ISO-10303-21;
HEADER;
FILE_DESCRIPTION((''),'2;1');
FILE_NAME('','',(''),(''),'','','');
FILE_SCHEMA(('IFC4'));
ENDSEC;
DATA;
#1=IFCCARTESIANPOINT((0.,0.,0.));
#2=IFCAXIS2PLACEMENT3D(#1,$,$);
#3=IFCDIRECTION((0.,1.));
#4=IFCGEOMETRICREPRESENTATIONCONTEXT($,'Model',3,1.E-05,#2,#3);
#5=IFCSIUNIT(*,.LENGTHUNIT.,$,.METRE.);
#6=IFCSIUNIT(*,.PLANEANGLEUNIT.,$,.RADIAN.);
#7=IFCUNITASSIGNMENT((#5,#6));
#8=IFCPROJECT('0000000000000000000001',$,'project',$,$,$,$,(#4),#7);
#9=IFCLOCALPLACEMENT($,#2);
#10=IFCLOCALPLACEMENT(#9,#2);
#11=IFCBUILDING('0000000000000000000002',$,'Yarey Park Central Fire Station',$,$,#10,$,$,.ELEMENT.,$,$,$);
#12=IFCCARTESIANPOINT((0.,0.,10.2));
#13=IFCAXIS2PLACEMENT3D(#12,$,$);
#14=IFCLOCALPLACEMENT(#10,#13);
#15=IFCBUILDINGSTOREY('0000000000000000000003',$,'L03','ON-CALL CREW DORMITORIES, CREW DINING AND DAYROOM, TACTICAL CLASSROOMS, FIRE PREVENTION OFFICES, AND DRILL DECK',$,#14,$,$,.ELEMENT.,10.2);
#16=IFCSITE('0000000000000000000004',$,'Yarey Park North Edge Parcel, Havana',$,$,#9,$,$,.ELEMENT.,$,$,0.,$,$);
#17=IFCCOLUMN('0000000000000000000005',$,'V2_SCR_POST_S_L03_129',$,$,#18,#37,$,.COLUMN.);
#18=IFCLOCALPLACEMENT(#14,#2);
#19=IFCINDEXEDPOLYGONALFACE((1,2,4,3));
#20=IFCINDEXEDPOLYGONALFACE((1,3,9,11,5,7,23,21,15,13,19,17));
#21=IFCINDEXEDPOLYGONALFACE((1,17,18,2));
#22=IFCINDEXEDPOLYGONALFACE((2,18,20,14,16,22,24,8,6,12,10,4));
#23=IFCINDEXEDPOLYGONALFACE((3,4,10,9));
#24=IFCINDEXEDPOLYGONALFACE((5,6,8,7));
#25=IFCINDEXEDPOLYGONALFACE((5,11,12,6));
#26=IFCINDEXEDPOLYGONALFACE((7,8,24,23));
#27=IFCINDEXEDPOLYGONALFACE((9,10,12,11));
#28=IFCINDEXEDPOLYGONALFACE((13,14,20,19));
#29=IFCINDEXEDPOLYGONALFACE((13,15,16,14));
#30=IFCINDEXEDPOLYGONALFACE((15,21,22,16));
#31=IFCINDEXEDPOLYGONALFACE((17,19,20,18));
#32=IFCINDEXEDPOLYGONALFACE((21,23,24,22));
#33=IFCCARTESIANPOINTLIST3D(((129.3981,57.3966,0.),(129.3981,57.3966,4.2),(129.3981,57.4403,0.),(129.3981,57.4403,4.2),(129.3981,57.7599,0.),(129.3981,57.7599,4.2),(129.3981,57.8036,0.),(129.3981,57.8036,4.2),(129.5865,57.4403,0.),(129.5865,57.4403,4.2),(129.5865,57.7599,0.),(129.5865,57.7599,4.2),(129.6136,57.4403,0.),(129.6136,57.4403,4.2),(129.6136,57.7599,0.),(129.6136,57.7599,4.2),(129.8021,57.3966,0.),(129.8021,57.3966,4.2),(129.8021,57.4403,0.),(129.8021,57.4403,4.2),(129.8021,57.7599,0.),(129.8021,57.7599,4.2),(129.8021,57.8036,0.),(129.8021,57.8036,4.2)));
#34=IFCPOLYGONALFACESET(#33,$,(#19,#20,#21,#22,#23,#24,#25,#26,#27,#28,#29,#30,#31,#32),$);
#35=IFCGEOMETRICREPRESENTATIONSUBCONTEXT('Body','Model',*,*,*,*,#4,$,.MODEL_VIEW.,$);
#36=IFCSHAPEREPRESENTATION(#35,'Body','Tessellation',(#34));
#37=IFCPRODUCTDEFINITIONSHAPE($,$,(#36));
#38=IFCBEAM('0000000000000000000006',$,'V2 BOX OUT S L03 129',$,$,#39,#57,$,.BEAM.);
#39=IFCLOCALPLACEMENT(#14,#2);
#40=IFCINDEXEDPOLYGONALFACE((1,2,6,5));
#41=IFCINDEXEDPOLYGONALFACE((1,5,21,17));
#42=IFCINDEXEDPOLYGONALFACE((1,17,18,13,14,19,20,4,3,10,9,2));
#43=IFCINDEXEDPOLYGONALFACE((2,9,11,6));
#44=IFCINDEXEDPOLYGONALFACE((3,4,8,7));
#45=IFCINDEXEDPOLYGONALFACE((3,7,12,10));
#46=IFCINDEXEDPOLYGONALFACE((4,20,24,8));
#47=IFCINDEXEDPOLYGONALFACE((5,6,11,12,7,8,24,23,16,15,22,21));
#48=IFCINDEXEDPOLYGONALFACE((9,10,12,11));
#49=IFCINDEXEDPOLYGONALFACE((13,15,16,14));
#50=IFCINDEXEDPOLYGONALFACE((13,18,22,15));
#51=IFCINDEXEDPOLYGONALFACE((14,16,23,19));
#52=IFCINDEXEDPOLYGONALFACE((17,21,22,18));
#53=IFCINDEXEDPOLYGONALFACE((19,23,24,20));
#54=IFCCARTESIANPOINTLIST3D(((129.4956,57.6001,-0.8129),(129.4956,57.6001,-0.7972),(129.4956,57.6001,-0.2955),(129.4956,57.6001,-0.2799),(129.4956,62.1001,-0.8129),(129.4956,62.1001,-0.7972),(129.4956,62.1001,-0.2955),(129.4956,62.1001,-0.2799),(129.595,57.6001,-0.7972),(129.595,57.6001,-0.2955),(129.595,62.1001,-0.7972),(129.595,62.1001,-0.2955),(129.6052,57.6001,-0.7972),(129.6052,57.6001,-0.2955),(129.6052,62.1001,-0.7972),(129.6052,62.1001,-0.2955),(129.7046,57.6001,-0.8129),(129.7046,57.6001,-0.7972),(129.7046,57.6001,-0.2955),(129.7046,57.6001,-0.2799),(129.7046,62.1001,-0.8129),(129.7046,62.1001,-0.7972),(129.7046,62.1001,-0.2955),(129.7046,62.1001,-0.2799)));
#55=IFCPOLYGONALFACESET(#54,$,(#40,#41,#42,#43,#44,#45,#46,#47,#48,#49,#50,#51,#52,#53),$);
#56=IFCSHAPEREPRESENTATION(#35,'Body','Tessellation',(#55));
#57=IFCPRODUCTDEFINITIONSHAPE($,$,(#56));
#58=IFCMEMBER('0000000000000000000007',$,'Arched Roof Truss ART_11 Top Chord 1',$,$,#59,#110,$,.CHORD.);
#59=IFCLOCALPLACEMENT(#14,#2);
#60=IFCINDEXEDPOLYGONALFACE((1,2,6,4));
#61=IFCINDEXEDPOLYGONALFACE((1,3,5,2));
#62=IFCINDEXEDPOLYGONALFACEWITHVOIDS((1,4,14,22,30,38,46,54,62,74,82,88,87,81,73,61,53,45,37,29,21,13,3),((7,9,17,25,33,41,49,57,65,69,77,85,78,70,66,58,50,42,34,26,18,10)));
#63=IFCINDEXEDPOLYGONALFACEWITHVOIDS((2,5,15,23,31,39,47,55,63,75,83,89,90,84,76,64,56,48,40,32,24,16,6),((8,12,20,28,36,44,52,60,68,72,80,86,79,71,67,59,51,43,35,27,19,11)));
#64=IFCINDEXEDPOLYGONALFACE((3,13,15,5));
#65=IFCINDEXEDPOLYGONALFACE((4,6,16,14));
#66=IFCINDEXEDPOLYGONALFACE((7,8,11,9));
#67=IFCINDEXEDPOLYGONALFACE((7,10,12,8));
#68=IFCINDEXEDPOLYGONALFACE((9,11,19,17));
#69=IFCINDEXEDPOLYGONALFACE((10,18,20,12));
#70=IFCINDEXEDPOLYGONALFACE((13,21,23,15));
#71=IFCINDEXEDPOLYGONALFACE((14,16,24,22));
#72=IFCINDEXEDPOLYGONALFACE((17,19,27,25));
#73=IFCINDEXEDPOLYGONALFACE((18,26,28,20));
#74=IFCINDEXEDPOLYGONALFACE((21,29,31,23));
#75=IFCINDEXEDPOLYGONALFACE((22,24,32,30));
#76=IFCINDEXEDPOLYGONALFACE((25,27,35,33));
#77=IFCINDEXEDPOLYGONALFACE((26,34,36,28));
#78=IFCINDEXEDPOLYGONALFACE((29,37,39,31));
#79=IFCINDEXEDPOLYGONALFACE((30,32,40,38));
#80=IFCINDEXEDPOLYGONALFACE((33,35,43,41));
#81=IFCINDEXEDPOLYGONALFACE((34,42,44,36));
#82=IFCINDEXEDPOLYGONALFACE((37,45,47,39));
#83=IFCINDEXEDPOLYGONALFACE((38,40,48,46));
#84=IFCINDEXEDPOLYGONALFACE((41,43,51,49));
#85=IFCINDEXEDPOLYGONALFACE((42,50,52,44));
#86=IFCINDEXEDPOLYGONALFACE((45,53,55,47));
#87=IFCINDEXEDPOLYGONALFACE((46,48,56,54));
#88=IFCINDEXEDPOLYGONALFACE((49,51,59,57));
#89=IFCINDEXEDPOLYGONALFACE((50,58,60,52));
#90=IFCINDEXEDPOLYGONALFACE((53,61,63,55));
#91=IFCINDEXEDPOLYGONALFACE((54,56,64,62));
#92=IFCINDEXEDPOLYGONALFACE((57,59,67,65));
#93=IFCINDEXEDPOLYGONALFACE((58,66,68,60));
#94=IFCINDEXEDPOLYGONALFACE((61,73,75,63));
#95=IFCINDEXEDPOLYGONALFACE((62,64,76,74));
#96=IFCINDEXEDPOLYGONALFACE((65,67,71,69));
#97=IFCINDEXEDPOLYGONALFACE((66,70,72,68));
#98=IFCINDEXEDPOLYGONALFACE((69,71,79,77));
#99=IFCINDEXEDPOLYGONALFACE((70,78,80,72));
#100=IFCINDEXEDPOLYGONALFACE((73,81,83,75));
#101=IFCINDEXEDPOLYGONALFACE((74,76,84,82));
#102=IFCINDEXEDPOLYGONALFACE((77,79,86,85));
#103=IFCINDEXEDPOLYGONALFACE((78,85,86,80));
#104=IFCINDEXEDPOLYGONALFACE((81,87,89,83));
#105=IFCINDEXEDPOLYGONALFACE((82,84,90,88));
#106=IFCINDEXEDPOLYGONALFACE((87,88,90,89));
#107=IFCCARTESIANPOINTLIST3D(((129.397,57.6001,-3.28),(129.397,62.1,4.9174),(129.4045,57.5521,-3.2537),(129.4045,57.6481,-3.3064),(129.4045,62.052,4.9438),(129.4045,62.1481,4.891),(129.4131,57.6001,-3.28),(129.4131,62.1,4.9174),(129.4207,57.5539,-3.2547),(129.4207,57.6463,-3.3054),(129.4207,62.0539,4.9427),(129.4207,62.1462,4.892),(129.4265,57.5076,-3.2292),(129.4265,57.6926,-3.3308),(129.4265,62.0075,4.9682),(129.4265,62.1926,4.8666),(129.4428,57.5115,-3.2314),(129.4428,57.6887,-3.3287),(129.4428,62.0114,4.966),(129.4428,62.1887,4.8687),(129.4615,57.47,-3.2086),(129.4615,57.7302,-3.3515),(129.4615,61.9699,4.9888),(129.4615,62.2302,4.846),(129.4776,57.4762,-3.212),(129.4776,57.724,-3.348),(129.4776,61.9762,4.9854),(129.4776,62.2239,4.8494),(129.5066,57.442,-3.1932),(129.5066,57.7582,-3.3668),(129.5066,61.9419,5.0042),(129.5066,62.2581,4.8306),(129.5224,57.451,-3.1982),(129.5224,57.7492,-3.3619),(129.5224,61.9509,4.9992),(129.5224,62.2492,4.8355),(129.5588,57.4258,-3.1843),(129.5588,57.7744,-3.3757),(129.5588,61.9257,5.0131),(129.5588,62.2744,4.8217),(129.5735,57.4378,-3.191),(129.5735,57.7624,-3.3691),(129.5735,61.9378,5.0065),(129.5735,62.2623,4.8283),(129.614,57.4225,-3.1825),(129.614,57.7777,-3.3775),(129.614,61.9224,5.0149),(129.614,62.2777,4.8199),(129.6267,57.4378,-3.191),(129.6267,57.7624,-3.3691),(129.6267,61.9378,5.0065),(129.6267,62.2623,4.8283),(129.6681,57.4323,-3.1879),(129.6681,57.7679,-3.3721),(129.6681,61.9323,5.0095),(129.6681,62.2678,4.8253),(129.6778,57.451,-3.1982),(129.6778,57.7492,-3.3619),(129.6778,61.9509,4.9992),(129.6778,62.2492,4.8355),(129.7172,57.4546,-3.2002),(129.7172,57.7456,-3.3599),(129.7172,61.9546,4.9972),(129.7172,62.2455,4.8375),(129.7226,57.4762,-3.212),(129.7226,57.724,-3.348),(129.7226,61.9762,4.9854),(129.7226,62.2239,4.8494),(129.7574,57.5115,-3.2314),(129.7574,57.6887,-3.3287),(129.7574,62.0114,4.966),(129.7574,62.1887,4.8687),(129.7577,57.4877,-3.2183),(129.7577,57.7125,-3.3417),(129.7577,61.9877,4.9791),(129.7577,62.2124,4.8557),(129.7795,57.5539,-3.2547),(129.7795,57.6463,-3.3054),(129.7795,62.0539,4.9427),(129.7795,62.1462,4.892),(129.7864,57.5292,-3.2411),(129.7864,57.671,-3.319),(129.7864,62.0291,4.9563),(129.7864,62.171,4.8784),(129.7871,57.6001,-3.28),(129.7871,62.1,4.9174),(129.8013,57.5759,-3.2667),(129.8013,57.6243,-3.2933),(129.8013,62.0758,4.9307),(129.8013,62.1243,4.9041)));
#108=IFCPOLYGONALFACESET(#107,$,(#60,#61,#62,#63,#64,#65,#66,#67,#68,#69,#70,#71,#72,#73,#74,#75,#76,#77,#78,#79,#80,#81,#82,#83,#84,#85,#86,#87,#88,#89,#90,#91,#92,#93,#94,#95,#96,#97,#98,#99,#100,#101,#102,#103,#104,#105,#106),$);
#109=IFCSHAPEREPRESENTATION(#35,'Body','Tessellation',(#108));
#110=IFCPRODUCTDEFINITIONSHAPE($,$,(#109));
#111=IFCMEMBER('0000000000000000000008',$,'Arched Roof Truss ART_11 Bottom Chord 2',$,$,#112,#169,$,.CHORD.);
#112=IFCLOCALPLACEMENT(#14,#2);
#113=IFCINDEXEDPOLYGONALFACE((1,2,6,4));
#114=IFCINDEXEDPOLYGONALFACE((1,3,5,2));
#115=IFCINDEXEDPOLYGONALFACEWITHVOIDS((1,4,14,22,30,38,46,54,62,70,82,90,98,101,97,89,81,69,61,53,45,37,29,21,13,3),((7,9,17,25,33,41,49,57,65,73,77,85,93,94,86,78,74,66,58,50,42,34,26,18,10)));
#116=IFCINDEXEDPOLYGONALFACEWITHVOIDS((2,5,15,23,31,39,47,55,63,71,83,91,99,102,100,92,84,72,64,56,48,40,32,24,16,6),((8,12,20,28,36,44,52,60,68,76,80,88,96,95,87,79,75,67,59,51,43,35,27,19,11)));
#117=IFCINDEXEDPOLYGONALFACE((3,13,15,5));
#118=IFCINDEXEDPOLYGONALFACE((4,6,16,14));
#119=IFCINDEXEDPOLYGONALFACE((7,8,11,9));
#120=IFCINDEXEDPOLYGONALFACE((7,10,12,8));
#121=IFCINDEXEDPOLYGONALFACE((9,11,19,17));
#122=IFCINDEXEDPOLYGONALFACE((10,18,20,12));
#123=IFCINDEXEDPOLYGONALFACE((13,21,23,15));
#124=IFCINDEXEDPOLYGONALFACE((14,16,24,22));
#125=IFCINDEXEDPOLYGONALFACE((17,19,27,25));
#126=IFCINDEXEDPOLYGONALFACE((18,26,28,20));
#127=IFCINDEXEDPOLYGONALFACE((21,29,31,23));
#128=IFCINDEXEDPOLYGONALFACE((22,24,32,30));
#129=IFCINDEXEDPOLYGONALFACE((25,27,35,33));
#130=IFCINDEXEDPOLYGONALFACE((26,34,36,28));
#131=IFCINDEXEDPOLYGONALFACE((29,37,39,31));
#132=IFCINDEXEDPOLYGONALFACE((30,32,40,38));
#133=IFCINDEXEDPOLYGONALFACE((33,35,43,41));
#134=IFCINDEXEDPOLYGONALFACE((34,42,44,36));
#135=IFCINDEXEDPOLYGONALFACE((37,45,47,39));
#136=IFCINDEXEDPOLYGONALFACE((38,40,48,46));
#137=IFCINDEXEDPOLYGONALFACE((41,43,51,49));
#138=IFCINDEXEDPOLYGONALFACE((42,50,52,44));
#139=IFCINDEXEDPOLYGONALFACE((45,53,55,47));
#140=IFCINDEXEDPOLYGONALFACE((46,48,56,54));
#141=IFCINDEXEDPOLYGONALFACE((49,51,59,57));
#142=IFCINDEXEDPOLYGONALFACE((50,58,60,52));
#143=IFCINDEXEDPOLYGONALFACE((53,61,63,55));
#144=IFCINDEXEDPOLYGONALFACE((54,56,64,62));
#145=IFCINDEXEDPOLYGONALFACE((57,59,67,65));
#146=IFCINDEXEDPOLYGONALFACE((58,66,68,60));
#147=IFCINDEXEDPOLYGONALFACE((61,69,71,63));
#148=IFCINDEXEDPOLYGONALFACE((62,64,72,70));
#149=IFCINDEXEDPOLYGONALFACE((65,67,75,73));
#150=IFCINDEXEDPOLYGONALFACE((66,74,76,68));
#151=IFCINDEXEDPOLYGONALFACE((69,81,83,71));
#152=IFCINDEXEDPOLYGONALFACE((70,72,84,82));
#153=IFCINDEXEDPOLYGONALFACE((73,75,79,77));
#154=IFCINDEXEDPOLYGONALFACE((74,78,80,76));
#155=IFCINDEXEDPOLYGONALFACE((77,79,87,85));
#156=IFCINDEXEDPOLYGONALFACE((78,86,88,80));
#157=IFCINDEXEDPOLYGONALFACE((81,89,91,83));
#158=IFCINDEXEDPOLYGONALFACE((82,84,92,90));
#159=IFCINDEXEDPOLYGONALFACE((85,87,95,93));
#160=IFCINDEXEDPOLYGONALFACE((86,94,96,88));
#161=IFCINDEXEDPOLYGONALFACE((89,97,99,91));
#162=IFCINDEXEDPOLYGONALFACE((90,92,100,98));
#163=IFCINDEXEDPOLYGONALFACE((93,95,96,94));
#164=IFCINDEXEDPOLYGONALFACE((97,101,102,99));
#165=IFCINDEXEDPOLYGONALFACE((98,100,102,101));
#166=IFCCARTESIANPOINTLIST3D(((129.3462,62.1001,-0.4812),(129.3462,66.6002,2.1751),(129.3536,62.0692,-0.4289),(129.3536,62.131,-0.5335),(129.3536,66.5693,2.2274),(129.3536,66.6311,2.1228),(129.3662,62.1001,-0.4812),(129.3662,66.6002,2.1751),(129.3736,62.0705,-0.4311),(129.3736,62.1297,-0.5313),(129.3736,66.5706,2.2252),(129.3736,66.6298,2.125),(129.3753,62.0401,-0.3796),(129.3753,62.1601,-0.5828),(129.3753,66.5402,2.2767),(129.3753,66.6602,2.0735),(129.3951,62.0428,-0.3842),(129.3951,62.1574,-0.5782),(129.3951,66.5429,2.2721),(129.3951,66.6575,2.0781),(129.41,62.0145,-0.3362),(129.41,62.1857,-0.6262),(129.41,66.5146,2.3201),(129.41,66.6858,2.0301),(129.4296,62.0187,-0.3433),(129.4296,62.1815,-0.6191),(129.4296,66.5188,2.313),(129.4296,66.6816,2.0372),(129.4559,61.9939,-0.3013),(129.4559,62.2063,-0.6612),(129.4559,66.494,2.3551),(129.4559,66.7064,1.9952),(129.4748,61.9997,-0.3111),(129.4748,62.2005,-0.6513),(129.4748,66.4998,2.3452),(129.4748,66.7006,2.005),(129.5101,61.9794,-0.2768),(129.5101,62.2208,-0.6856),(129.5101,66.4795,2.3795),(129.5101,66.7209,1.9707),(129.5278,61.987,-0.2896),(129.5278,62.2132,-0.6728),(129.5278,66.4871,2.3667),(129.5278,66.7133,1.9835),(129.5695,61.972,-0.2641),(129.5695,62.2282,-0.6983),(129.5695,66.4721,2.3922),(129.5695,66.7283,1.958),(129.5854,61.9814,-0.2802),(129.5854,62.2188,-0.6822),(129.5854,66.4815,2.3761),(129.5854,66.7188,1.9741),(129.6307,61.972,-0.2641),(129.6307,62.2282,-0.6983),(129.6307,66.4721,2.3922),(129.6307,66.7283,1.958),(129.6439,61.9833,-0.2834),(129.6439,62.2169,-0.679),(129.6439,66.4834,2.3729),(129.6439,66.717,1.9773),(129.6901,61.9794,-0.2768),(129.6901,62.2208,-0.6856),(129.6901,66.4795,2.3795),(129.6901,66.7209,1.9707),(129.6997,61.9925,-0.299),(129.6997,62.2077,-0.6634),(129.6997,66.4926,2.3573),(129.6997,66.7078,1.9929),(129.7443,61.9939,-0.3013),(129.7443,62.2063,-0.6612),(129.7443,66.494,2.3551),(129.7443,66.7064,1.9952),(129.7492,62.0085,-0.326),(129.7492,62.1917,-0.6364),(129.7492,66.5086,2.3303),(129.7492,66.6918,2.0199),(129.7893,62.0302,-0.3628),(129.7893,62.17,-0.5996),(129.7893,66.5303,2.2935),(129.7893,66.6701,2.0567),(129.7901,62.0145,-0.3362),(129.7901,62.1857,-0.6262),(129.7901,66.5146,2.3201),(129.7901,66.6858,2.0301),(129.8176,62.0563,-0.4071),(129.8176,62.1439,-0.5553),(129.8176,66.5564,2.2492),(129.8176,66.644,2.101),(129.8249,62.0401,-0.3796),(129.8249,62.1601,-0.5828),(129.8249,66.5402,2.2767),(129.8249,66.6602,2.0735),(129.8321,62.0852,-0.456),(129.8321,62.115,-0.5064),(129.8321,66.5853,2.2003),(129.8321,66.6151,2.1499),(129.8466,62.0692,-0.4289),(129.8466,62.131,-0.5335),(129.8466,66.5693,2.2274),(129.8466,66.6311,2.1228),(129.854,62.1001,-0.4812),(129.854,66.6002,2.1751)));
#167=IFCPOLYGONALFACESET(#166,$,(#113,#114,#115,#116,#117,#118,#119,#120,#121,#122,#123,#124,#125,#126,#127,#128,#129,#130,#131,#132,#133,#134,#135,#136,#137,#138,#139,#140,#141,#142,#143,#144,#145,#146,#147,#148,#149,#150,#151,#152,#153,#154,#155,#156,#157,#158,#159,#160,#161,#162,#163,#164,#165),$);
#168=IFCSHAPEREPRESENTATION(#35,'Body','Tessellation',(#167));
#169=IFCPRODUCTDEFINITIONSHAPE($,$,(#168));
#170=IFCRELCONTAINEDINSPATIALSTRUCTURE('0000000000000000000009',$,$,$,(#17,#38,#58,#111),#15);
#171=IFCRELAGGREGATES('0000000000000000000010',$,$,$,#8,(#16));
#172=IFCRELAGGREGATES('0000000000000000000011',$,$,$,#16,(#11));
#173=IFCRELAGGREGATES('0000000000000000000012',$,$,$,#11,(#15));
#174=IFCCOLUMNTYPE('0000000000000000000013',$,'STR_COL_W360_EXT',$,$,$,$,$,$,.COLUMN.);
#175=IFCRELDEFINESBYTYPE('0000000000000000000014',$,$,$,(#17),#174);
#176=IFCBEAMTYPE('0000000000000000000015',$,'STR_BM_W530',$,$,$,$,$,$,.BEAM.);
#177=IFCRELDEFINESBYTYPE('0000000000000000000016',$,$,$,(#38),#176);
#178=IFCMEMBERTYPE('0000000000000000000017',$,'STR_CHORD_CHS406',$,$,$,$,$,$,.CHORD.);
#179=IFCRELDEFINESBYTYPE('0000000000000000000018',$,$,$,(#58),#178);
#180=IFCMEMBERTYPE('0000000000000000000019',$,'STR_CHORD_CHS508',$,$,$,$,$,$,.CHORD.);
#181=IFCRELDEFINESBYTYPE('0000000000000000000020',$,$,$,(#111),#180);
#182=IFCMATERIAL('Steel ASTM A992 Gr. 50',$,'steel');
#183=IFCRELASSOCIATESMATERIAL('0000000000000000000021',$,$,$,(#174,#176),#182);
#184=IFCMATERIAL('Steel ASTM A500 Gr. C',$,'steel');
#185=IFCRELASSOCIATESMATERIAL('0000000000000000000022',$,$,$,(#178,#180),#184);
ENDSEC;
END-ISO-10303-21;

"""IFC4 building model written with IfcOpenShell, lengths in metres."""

from ifc_helpers import new_model, si_unit, direction, frame, origin, origin_2d, place, context, subcontext, project, spatial, hollow_circle, i_section, extrude, material, material_profile, profile_set, type_object, element, save


model = new_model("IFC4")

# Units and contexts
model_context = context("Model", 3, precision=1e-05, world=origin(), true_north=direction((0.0, 1.0)))
body_context = subcontext(model_context, "Body", "Model", "MODEL_VIEW")
ifc_project = project(units=[si_unit("LENGTHUNIT", "METRE"), si_unit("PLANEANGLEUNIT", "RADIAN")], contexts=[model_context])

# Site, building, storey
site_placement = place(None, origin())
site = spatial("IfcSite", under=ifc_project, at=site_placement, Name="Yarey Park North Edge Parcel, Havana", CompositionType="ELEMENT", RefElevation=0.0)
building_placement = place(site_placement, origin())
building = spatial("IfcBuilding", under=site, at=building_placement, Name="Yarey Park Central Fire Station", CompositionType="ELEMENT")
storey_placement = place(building_placement, frame((0.0, 0.0, 10.2)))
storey = spatial("IfcBuildingStorey", under=building, at=storey_placement, Name="L03", Description="ON-CALL CREW DORMITORIES, CREW DINING AND DAYROOM, TACTICAL CLASSROOMS, FIRE PREVENTION OFFICES, AND DRILL DECK", CompositionType="ELEMENT", Elevation=10.2)

# Column
ifc_material_1 = material(Name="Steel ASTM A992 Gr. 50", Category="steel")
ifc_material_profile_1 = material_profile(ifc_material_1, i_section(OverallWidth=0.4041, OverallDepth=0.407, WebThickness=0.0271, FlangeThickness=0.0437, at=origin_2d()), Name="W360x347")
ifc_profile_set_1 = profile_set([ifc_material_profile_1], Name="Steel ASTM A992 Gr. 50")
column_type = type_object("IfcColumnType", Name="STR_COL_W360_EXT", PredefinedType="COLUMN", material=ifc_profile_set_1)
column_placement = place(storey_placement, frame((129.6001, 57.6001, 0.0), z_axis=(0.0, 0.0, 1.0), x_axis=(1.0, 0.0, 0.0)))
element("IfcColumn", 1, at=column_placement, inside=storey, type_object=column_type, Name="V2_SCR_POST_S_L03_129", PredefinedType="COLUMN", context=body_context, shape_type="SweptSolid", body=[
    extrude(i_section(OverallWidth=0.4041, OverallDepth=0.407, WebThickness=0.0271, FlangeThickness=0.0437, at=origin_2d()), origin(), (0.0, 0.0, 1.0), 4.2),
])

# Beam
ifc_material_profile_2 = material_profile(ifc_material_1, i_section(OverallWidth=0.209, OverallDepth=0.533, WebThickness=0.0103, FlangeThickness=0.0156, at=origin_2d()), Name="W530x92")
ifc_profile_set_2 = profile_set([ifc_material_profile_2], Name="Steel ASTM A992 Gr. 50")
beam_type_1 = type_object("IfcBeamType", Name="STR_BM_W530", PredefinedType="BEAM", material=ifc_profile_set_2)
beam_1_placement = place(storey_placement, frame((129.6001, 57.6001, -0.5464), z_axis=(0.0, 1.0, 0.0), x_axis=(-1.0, 0.0, 0.0)))
element("IfcBeam", 2, at=beam_1_placement, inside=storey, type_object=beam_type_1, Name="V2 BOX OUT S L03 129", PredefinedType="BEAM", context=body_context, shape_type="SweptSolid", body=[
    extrude(i_section(OverallWidth=0.209, OverallDepth=0.533, WebThickness=0.0103, FlangeThickness=0.0156, at=origin_2d()), origin(), (0.0, 0.0, 1.0), 4.5),
])

# Members
ifc_material_2 = material(Name="Steel ASTM A500 Gr. C", Category="steel")
ifc_material_profile_3 = material_profile(ifc_material_2, hollow_circle(Radius=0.2031, WallThickness=0.0161, at=origin_2d()), Name="CHS 406.4x16")
ifc_profile_set_3 = profile_set([ifc_material_profile_3], Name="Steel ASTM A500 Gr. C")
member_type_1 = type_object("IfcMemberType", Name="STR_CHORD_CHS406", PredefinedType="CHORD", material=ifc_profile_set_3)
member_1_placement = place(storey_placement, frame((129.6001, 57.6001, -3.28), z_axis=(0.0, 0.48121, 0.876605), x_axis=(-1.0, 0.0, 0.0)))
element("IfcMember", 3, at=member_1_placement, inside=storey, type_object=member_type_1, Name="Arched Roof Truss ART_11 Top Chord 1", PredefinedType="CHORD", context=body_context, shape_type="SweptSolid", body=[
    extrude(hollow_circle(Radius=0.2031, WallThickness=0.0161, at=origin_2d()), origin(), (0.0, 0.0, 1.0), 9.3513),
])
ifc_material_profile_4 = material_profile(ifc_material_2, hollow_circle(Radius=0.2539, WallThickness=0.02, at=origin_2d()), Name="CHS 508x20")
ifc_profile_set_4 = profile_set([ifc_material_profile_4], Name="Steel ASTM A500 Gr. C")
member_type_2 = type_object("IfcMemberType", Name="STR_CHORD_CHS508", PredefinedType="CHORD", material=ifc_profile_set_4)
member_2_placement = place(storey_placement, frame((129.6001, 62.1001, -0.4812), z_axis=(0.0, 0.861165, 0.508326), x_axis=(-1.0, 0.0, 0.0)))
element("IfcMember", 4, at=member_2_placement, inside=storey, type_object=member_type_2, Name="Arched Roof Truss ART_11 Bottom Chord 2", PredefinedType="CHORD", context=body_context, shape_type="SweptSolid", body=[
    extrude(hollow_circle(Radius=0.2539, WallThickness=0.02, at=origin_2d()), origin(), (0.0, 0.0, 1.0), 5.2256),
])

save(model, "model.ifc")
